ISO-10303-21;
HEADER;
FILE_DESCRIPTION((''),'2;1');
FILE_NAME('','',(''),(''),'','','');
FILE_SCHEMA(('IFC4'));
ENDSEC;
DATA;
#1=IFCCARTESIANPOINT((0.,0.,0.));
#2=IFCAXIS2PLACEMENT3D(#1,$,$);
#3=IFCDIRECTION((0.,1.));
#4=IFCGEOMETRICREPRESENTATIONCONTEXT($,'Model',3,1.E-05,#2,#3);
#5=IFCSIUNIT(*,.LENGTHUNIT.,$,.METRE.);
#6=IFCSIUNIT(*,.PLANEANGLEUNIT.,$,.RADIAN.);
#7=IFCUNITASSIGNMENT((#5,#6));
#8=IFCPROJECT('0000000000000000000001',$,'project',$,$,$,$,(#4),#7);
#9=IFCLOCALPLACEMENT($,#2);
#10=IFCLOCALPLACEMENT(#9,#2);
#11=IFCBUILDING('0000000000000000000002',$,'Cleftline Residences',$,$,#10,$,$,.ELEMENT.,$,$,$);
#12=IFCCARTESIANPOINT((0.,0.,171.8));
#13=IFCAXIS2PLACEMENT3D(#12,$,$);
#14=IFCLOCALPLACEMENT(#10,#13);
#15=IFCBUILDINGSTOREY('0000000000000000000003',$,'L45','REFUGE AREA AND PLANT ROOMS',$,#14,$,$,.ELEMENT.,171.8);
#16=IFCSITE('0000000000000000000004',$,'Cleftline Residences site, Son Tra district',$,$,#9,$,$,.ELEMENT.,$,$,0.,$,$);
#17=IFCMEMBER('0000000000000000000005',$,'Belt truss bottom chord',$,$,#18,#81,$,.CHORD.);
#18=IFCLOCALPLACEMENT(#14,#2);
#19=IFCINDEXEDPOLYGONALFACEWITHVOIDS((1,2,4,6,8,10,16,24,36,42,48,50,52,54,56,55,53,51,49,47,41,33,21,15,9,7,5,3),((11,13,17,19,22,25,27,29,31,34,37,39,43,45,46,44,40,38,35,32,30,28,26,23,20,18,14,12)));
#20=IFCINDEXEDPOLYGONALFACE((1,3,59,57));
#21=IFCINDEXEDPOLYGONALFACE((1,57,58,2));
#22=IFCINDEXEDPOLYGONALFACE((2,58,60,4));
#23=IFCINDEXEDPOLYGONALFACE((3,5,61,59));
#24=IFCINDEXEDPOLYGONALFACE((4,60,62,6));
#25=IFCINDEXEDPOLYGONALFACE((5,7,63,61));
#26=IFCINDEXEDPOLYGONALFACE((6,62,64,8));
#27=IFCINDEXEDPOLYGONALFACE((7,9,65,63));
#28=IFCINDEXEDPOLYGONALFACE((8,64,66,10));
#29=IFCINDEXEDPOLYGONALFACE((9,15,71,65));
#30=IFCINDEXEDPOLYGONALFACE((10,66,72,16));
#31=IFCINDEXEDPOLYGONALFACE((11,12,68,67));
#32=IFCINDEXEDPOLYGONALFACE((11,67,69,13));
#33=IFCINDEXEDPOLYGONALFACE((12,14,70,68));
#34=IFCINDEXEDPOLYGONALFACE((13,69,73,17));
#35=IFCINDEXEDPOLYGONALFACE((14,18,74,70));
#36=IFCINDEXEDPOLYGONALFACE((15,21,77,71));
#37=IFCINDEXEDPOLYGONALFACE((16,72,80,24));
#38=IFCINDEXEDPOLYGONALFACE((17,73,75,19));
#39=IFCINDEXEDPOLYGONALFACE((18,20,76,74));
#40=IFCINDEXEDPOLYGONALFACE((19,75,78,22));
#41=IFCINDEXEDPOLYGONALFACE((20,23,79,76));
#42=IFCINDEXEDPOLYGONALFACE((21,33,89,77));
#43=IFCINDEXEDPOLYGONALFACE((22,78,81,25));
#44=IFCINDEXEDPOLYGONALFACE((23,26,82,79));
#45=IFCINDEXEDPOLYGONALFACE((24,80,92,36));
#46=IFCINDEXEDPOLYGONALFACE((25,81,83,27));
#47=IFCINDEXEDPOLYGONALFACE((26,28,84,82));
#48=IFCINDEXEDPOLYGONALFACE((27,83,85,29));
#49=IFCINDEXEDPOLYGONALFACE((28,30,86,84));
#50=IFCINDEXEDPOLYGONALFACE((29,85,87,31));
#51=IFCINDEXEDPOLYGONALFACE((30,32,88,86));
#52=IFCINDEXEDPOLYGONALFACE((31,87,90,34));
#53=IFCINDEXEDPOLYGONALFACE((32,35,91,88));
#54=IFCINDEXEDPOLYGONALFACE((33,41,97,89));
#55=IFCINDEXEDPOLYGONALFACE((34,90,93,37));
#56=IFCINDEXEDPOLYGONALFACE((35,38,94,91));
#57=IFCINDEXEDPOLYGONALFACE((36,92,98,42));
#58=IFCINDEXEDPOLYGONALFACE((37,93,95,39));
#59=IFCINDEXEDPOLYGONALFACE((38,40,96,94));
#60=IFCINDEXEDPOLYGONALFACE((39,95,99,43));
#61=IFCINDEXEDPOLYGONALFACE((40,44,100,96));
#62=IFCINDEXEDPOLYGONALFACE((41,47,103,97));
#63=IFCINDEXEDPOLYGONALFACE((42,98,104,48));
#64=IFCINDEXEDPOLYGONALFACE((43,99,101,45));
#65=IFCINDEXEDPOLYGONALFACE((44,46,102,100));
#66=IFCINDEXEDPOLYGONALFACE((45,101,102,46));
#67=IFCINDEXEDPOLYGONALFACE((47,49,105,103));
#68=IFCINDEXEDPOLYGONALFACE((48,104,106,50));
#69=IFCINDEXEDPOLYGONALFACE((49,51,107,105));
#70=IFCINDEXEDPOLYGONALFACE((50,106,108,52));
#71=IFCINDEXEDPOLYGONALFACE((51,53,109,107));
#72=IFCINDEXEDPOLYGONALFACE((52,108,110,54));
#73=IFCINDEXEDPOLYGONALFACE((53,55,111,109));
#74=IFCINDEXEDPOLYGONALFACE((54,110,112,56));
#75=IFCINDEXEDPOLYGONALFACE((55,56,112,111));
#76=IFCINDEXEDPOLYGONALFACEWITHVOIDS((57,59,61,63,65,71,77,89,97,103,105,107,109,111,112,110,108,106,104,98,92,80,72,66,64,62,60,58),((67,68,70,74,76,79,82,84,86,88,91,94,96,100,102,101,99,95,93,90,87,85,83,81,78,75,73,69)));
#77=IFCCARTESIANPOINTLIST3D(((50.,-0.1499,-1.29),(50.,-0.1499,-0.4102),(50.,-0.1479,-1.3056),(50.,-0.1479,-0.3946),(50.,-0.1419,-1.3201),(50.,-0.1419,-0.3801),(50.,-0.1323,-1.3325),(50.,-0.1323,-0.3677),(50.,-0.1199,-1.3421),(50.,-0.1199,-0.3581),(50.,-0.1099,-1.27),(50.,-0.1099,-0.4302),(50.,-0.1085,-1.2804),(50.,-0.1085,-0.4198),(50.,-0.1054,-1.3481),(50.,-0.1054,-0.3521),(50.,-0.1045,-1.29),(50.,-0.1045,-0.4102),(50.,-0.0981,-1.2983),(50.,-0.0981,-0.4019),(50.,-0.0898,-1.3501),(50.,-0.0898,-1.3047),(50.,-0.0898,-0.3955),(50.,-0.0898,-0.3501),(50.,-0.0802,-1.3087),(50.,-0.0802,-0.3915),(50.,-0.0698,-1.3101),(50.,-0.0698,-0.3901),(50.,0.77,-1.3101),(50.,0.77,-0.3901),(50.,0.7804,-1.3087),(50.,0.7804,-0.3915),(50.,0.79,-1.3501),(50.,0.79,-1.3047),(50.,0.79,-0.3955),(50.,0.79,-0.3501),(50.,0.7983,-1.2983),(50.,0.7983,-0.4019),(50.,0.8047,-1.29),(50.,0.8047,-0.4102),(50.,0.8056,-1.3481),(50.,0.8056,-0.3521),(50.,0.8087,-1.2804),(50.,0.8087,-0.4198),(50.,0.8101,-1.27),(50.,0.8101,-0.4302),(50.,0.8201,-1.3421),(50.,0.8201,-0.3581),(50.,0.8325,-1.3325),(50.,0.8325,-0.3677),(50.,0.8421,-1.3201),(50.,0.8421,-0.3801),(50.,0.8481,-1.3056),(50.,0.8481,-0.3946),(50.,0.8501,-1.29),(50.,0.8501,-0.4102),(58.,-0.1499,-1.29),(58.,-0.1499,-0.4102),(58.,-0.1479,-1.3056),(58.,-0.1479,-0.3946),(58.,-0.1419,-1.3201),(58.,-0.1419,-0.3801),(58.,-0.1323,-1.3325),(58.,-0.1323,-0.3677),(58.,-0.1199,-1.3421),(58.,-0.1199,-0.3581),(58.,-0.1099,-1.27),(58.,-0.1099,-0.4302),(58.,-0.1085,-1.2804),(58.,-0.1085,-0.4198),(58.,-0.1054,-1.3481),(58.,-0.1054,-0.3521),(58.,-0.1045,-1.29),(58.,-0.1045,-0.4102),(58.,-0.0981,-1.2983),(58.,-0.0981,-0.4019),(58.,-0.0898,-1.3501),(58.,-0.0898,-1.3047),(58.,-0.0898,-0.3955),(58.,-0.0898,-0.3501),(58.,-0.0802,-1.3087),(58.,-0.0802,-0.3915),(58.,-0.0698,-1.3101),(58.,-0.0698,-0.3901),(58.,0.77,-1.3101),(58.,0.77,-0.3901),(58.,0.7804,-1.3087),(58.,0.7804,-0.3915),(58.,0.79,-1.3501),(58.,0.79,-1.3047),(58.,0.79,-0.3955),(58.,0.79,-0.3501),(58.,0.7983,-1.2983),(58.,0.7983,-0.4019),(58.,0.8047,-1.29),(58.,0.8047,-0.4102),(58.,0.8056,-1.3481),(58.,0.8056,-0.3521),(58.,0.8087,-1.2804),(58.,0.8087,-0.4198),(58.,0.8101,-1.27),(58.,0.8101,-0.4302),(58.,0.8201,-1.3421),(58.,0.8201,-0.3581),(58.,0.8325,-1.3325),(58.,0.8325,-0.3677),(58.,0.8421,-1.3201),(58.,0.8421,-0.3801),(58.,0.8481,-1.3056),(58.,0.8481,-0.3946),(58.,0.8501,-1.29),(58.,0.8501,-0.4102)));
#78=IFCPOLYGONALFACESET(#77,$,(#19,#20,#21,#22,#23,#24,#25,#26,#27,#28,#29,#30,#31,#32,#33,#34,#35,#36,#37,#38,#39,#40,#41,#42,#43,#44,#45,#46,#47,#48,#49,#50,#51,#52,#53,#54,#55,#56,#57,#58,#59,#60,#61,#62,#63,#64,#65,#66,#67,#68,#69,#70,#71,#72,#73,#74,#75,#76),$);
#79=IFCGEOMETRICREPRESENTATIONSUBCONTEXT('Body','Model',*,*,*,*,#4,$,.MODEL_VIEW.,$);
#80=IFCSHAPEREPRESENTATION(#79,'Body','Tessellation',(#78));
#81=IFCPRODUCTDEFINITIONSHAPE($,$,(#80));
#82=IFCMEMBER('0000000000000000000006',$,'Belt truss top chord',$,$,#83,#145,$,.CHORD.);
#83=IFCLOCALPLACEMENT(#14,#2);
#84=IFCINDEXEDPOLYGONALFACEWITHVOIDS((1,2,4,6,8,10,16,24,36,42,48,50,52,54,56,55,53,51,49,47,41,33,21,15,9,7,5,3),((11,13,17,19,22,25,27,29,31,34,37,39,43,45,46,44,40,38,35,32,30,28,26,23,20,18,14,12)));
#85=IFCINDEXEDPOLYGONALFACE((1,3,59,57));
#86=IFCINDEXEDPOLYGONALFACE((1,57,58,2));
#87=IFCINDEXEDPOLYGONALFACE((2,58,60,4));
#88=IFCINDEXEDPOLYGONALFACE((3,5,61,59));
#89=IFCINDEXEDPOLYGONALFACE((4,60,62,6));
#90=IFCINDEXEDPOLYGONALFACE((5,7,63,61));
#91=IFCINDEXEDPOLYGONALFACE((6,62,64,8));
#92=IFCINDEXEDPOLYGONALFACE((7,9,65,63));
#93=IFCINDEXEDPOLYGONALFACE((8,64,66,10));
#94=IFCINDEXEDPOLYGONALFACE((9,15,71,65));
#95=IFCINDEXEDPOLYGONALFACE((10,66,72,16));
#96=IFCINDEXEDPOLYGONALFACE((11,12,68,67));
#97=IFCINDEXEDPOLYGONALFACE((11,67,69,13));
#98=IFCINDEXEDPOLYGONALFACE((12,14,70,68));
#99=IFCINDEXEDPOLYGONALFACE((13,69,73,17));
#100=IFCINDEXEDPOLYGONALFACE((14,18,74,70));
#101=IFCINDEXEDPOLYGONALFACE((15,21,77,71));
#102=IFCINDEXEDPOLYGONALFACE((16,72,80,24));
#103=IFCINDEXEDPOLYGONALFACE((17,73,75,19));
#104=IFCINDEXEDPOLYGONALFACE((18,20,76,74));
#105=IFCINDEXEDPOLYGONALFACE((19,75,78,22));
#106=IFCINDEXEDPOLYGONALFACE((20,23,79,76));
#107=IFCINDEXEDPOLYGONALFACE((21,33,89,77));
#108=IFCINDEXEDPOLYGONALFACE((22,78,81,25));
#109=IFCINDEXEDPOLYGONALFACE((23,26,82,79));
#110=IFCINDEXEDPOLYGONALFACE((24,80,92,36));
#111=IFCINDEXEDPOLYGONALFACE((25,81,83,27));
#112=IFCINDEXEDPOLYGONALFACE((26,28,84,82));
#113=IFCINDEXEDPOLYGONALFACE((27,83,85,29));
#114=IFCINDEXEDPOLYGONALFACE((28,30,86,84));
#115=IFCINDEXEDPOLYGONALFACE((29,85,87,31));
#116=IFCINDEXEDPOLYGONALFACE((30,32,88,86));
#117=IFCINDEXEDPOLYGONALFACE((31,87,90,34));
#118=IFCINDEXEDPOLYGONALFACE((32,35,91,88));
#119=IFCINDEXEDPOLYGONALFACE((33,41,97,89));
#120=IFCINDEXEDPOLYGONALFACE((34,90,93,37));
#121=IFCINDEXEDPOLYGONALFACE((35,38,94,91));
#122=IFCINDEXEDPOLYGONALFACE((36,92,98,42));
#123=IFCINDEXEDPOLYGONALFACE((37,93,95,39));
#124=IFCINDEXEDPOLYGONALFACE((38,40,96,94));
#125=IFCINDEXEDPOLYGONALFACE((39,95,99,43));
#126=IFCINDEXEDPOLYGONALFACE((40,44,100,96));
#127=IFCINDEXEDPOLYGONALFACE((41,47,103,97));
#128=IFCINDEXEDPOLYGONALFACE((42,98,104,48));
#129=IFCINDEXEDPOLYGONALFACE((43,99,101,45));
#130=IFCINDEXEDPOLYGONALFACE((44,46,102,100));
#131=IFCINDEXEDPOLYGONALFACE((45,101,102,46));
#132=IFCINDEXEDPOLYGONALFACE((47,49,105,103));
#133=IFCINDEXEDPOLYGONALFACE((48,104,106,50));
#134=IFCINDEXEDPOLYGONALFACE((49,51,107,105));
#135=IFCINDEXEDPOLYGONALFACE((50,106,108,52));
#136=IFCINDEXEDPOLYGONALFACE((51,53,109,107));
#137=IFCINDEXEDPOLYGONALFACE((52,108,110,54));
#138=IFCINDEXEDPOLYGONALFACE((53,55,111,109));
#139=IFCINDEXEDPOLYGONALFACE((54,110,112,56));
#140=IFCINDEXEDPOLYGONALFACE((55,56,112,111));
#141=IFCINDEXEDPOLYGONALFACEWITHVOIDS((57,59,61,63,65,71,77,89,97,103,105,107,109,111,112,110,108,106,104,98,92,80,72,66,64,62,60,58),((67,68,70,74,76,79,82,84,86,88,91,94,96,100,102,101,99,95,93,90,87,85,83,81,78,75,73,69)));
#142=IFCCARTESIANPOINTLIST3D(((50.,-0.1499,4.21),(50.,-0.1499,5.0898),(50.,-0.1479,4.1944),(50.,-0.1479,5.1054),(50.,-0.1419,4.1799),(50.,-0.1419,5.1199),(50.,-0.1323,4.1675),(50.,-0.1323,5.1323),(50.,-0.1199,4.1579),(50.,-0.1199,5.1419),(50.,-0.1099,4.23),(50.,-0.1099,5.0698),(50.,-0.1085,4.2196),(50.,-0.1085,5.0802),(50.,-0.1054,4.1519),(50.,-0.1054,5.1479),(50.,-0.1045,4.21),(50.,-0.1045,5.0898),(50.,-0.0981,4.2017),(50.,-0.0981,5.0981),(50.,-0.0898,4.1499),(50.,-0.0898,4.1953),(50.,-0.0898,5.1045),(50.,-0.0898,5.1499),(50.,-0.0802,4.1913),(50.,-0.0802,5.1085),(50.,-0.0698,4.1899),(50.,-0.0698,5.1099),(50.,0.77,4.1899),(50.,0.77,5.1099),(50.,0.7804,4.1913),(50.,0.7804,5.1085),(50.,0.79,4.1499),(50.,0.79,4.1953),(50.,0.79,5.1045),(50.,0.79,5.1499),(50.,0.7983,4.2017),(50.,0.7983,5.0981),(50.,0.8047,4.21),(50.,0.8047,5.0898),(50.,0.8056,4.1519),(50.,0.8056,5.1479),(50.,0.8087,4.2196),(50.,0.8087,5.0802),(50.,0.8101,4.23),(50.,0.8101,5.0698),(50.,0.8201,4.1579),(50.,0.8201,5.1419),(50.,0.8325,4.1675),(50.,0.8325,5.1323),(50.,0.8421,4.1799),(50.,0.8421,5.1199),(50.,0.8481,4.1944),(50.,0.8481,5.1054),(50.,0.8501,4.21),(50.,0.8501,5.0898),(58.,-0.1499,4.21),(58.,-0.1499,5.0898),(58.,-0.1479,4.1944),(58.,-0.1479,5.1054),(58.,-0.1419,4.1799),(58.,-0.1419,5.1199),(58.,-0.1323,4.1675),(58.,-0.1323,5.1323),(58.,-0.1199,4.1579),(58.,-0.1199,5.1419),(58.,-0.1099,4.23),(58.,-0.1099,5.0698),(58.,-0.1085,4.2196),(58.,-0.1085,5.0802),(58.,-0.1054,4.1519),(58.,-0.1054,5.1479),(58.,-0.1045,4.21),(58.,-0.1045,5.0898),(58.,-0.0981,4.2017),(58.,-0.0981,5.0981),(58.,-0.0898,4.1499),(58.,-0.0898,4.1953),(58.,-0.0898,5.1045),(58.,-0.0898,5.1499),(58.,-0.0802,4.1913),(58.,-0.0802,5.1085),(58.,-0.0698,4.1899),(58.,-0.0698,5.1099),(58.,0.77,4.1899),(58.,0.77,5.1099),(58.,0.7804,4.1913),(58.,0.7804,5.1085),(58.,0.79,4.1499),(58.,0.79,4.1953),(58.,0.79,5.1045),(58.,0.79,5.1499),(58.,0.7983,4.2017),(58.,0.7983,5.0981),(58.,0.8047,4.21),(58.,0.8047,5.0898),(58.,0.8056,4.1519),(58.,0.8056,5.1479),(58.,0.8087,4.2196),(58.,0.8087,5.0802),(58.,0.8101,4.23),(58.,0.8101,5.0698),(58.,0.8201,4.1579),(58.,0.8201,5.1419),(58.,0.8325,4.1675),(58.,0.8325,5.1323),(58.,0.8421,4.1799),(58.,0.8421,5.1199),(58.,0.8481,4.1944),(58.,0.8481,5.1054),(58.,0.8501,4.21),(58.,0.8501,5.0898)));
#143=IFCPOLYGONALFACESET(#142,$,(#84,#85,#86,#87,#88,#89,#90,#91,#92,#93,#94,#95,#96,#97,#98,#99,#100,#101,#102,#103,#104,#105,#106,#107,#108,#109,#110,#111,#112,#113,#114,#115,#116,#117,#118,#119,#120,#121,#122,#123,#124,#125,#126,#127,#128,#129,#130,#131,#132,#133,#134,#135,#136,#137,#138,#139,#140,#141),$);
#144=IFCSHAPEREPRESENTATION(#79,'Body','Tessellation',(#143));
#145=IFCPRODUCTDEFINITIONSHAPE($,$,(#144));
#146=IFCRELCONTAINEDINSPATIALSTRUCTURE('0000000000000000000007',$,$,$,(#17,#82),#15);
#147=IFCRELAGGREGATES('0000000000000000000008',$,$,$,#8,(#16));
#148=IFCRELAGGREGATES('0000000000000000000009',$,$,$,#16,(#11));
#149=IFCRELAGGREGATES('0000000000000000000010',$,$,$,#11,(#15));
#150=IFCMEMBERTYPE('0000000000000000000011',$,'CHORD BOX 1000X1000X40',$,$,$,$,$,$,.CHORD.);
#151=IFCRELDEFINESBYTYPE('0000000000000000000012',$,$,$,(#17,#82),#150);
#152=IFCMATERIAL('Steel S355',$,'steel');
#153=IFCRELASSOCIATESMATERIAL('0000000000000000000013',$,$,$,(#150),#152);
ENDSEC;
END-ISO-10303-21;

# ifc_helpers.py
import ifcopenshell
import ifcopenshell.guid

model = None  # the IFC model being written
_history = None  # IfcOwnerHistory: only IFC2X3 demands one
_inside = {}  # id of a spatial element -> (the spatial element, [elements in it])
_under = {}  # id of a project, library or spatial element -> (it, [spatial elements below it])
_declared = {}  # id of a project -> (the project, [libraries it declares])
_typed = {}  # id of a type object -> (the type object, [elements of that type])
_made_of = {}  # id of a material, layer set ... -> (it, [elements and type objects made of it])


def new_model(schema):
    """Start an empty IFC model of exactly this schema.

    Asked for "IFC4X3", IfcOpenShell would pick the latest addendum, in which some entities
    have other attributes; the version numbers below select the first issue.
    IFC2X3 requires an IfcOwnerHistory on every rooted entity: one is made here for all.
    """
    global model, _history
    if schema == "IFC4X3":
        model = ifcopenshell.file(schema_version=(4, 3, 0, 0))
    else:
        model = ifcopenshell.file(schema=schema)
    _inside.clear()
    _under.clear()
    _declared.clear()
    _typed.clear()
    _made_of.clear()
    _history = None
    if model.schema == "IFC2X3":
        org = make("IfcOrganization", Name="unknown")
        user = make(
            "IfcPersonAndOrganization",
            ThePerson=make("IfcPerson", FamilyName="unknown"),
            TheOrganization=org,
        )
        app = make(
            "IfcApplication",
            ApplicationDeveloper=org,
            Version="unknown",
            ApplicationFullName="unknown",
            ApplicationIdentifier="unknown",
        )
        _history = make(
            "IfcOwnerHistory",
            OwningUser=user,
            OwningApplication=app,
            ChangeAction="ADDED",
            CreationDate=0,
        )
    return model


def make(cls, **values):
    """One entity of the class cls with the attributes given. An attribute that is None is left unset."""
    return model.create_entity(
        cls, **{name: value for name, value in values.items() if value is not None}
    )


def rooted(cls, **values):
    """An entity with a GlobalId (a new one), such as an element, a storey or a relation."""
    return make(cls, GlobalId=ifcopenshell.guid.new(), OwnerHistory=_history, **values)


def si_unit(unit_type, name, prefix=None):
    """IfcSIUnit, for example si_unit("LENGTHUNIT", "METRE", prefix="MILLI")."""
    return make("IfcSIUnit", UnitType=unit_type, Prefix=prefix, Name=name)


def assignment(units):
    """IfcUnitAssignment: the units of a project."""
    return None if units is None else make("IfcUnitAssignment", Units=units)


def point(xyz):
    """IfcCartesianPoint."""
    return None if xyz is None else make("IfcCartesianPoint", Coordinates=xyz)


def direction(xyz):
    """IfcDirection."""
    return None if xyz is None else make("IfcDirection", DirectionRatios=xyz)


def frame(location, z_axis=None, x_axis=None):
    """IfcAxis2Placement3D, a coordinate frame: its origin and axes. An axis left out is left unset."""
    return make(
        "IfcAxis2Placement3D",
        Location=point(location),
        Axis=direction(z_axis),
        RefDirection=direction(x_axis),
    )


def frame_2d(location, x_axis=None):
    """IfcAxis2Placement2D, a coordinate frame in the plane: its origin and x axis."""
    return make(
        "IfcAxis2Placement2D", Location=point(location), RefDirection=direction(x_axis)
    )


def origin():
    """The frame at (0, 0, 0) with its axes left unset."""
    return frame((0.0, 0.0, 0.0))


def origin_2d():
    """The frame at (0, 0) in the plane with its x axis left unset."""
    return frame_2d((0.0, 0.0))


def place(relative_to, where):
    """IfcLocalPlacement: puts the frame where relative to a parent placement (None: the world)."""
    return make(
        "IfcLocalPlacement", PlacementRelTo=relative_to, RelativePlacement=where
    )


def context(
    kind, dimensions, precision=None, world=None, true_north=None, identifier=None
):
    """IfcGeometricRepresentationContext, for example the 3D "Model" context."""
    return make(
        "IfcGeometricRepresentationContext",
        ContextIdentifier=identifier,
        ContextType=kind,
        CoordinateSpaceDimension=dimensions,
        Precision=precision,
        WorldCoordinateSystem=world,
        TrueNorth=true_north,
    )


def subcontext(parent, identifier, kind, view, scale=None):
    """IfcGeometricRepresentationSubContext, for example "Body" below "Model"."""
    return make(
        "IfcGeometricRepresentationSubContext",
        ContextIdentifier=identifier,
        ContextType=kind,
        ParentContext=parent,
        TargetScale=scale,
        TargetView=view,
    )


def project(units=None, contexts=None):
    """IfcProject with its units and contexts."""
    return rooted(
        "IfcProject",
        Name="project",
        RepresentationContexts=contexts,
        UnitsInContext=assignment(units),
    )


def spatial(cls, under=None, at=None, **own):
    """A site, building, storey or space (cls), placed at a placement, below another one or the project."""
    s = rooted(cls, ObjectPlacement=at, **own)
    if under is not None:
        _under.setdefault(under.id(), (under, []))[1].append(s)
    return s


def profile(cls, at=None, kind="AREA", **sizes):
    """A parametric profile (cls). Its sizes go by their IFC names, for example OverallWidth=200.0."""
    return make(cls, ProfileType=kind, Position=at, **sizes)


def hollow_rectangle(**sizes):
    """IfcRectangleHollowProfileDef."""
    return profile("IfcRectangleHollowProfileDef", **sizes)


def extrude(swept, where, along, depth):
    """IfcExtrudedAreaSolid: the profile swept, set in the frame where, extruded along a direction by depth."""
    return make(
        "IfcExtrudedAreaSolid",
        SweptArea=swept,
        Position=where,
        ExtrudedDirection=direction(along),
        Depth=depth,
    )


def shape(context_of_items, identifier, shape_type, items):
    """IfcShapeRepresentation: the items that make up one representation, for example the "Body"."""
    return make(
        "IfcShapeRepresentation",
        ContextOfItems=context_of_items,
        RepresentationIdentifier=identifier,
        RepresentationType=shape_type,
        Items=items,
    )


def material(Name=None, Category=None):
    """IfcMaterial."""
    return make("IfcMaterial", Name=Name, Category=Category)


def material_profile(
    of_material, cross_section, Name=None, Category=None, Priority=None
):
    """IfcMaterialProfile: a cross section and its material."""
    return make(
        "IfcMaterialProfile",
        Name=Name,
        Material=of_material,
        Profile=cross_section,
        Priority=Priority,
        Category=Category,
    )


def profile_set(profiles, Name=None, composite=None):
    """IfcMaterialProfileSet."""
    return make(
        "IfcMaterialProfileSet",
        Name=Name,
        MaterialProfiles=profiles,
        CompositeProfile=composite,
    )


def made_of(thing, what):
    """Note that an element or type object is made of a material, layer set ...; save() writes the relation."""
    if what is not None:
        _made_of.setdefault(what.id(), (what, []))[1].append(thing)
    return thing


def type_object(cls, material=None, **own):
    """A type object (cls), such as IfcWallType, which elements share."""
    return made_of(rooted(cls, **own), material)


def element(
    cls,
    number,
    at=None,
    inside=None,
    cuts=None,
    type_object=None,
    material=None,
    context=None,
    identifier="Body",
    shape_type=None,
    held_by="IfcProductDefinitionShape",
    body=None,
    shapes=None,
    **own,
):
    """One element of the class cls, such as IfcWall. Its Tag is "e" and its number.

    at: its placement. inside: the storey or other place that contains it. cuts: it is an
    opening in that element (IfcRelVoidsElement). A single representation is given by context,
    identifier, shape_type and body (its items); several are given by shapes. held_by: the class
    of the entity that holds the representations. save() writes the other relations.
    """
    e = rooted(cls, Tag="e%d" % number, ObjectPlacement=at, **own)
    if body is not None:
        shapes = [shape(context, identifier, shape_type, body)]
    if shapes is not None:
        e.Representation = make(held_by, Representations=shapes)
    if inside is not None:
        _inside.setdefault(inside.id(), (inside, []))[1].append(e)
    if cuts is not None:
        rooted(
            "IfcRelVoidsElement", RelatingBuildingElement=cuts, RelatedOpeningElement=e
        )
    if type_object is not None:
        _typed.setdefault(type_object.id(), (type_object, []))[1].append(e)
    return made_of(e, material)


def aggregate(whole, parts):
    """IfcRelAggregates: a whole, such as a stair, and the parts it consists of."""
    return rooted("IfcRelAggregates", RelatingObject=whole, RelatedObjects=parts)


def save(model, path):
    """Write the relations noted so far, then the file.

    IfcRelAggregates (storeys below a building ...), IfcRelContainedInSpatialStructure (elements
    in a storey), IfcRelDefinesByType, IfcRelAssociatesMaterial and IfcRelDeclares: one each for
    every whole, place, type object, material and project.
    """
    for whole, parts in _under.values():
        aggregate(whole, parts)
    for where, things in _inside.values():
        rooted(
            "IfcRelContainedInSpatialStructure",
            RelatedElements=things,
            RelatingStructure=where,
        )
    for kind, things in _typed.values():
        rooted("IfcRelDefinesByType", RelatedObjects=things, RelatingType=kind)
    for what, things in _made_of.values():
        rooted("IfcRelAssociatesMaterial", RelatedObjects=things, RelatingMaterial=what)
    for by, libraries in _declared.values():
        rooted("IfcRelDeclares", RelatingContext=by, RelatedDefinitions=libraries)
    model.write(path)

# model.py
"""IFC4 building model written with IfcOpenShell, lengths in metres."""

from ifc_helpers import new_model, si_unit, direction, frame, origin, origin_2d, place, context, subcontext, project, spatial, hollow_rectangle, extrude, material, material_profile, profile_set, type_object, element, save


model = new_model("IFC4")

# Units and contexts
model_context = context("Model", 3, precision=1e-05, world=origin(), true_north=direction((0.0, 1.0)))
body_context = subcontext(model_context, "Body", "Model", "MODEL_VIEW")
ifc_project = project(units=[si_unit("LENGTHUNIT", "METRE"), si_unit("PLANEANGLEUNIT", "RADIAN")], contexts=[model_context])

# Site, building, storey
site_placement = place(None, origin())
site = spatial("IfcSite", under=ifc_project, at=site_placement, Name="Cleftline Residences site, Son Tra district", CompositionType="ELEMENT", RefElevation=0.0)
building_placement = place(site_placement, origin())
building = spatial("IfcBuilding", under=site, at=building_placement, Name="Cleftline Residences", CompositionType="ELEMENT")
storey_placement = place(building_placement, frame((0.0, 0.0, 171.8)))
storey = spatial("IfcBuildingStorey", under=building, at=storey_placement, Name="L45", Description="REFUGE AREA AND PLANT ROOMS", CompositionType="ELEMENT", Elevation=171.8)

# Members
ifc_material_1 = material(Name="Steel S355", Category="steel")
ifc_material_profile_1 = material_profile(ifc_material_1, hollow_rectangle(XDim=1.0, YDim=1.0, WallThickness=0.04, InnerFilletRadius=0.04, OuterFilletRadius=0.0601, at=origin_2d()))
ifc_profile_set_1 = profile_set([ifc_material_profile_1], Name="Steel S355")
member_type_1 = type_object("IfcMemberType", Name="CHORD BOX 1000X1000X40", PredefinedType="CHORD", material=ifc_profile_set_1)
for number, where, z_axis, x_axis, name in (
    (1, (50.0, 0.3501, -0.8501), (1.0, 0.0, 0.0), (0.0, 1.0, 0.0), "Belt truss bottom chord"),
    (2, (50.0, 0.3501, 4.6499), (1.0, 0.0, 0.0), (0.0, 1.0, 0.0), "Belt truss top chord"),
):
    element("IfcMember", number, at=place(storey_placement, frame(where, z_axis=z_axis, x_axis=x_axis)), inside=storey, type_object=member_type_1, Name=name, PredefinedType="CHORD", context=body_context, shape_type="SweptSolid", body=[
        extrude(hollow_rectangle(XDim=1.0, YDim=1.0, WallThickness=0.04, InnerFilletRadius=0.04, OuterFilletRadius=0.0601, at=origin_2d()), origin(), (0.0, 0.0, 1.0), 8.0),
    ])

save(model, "model.ifc")
